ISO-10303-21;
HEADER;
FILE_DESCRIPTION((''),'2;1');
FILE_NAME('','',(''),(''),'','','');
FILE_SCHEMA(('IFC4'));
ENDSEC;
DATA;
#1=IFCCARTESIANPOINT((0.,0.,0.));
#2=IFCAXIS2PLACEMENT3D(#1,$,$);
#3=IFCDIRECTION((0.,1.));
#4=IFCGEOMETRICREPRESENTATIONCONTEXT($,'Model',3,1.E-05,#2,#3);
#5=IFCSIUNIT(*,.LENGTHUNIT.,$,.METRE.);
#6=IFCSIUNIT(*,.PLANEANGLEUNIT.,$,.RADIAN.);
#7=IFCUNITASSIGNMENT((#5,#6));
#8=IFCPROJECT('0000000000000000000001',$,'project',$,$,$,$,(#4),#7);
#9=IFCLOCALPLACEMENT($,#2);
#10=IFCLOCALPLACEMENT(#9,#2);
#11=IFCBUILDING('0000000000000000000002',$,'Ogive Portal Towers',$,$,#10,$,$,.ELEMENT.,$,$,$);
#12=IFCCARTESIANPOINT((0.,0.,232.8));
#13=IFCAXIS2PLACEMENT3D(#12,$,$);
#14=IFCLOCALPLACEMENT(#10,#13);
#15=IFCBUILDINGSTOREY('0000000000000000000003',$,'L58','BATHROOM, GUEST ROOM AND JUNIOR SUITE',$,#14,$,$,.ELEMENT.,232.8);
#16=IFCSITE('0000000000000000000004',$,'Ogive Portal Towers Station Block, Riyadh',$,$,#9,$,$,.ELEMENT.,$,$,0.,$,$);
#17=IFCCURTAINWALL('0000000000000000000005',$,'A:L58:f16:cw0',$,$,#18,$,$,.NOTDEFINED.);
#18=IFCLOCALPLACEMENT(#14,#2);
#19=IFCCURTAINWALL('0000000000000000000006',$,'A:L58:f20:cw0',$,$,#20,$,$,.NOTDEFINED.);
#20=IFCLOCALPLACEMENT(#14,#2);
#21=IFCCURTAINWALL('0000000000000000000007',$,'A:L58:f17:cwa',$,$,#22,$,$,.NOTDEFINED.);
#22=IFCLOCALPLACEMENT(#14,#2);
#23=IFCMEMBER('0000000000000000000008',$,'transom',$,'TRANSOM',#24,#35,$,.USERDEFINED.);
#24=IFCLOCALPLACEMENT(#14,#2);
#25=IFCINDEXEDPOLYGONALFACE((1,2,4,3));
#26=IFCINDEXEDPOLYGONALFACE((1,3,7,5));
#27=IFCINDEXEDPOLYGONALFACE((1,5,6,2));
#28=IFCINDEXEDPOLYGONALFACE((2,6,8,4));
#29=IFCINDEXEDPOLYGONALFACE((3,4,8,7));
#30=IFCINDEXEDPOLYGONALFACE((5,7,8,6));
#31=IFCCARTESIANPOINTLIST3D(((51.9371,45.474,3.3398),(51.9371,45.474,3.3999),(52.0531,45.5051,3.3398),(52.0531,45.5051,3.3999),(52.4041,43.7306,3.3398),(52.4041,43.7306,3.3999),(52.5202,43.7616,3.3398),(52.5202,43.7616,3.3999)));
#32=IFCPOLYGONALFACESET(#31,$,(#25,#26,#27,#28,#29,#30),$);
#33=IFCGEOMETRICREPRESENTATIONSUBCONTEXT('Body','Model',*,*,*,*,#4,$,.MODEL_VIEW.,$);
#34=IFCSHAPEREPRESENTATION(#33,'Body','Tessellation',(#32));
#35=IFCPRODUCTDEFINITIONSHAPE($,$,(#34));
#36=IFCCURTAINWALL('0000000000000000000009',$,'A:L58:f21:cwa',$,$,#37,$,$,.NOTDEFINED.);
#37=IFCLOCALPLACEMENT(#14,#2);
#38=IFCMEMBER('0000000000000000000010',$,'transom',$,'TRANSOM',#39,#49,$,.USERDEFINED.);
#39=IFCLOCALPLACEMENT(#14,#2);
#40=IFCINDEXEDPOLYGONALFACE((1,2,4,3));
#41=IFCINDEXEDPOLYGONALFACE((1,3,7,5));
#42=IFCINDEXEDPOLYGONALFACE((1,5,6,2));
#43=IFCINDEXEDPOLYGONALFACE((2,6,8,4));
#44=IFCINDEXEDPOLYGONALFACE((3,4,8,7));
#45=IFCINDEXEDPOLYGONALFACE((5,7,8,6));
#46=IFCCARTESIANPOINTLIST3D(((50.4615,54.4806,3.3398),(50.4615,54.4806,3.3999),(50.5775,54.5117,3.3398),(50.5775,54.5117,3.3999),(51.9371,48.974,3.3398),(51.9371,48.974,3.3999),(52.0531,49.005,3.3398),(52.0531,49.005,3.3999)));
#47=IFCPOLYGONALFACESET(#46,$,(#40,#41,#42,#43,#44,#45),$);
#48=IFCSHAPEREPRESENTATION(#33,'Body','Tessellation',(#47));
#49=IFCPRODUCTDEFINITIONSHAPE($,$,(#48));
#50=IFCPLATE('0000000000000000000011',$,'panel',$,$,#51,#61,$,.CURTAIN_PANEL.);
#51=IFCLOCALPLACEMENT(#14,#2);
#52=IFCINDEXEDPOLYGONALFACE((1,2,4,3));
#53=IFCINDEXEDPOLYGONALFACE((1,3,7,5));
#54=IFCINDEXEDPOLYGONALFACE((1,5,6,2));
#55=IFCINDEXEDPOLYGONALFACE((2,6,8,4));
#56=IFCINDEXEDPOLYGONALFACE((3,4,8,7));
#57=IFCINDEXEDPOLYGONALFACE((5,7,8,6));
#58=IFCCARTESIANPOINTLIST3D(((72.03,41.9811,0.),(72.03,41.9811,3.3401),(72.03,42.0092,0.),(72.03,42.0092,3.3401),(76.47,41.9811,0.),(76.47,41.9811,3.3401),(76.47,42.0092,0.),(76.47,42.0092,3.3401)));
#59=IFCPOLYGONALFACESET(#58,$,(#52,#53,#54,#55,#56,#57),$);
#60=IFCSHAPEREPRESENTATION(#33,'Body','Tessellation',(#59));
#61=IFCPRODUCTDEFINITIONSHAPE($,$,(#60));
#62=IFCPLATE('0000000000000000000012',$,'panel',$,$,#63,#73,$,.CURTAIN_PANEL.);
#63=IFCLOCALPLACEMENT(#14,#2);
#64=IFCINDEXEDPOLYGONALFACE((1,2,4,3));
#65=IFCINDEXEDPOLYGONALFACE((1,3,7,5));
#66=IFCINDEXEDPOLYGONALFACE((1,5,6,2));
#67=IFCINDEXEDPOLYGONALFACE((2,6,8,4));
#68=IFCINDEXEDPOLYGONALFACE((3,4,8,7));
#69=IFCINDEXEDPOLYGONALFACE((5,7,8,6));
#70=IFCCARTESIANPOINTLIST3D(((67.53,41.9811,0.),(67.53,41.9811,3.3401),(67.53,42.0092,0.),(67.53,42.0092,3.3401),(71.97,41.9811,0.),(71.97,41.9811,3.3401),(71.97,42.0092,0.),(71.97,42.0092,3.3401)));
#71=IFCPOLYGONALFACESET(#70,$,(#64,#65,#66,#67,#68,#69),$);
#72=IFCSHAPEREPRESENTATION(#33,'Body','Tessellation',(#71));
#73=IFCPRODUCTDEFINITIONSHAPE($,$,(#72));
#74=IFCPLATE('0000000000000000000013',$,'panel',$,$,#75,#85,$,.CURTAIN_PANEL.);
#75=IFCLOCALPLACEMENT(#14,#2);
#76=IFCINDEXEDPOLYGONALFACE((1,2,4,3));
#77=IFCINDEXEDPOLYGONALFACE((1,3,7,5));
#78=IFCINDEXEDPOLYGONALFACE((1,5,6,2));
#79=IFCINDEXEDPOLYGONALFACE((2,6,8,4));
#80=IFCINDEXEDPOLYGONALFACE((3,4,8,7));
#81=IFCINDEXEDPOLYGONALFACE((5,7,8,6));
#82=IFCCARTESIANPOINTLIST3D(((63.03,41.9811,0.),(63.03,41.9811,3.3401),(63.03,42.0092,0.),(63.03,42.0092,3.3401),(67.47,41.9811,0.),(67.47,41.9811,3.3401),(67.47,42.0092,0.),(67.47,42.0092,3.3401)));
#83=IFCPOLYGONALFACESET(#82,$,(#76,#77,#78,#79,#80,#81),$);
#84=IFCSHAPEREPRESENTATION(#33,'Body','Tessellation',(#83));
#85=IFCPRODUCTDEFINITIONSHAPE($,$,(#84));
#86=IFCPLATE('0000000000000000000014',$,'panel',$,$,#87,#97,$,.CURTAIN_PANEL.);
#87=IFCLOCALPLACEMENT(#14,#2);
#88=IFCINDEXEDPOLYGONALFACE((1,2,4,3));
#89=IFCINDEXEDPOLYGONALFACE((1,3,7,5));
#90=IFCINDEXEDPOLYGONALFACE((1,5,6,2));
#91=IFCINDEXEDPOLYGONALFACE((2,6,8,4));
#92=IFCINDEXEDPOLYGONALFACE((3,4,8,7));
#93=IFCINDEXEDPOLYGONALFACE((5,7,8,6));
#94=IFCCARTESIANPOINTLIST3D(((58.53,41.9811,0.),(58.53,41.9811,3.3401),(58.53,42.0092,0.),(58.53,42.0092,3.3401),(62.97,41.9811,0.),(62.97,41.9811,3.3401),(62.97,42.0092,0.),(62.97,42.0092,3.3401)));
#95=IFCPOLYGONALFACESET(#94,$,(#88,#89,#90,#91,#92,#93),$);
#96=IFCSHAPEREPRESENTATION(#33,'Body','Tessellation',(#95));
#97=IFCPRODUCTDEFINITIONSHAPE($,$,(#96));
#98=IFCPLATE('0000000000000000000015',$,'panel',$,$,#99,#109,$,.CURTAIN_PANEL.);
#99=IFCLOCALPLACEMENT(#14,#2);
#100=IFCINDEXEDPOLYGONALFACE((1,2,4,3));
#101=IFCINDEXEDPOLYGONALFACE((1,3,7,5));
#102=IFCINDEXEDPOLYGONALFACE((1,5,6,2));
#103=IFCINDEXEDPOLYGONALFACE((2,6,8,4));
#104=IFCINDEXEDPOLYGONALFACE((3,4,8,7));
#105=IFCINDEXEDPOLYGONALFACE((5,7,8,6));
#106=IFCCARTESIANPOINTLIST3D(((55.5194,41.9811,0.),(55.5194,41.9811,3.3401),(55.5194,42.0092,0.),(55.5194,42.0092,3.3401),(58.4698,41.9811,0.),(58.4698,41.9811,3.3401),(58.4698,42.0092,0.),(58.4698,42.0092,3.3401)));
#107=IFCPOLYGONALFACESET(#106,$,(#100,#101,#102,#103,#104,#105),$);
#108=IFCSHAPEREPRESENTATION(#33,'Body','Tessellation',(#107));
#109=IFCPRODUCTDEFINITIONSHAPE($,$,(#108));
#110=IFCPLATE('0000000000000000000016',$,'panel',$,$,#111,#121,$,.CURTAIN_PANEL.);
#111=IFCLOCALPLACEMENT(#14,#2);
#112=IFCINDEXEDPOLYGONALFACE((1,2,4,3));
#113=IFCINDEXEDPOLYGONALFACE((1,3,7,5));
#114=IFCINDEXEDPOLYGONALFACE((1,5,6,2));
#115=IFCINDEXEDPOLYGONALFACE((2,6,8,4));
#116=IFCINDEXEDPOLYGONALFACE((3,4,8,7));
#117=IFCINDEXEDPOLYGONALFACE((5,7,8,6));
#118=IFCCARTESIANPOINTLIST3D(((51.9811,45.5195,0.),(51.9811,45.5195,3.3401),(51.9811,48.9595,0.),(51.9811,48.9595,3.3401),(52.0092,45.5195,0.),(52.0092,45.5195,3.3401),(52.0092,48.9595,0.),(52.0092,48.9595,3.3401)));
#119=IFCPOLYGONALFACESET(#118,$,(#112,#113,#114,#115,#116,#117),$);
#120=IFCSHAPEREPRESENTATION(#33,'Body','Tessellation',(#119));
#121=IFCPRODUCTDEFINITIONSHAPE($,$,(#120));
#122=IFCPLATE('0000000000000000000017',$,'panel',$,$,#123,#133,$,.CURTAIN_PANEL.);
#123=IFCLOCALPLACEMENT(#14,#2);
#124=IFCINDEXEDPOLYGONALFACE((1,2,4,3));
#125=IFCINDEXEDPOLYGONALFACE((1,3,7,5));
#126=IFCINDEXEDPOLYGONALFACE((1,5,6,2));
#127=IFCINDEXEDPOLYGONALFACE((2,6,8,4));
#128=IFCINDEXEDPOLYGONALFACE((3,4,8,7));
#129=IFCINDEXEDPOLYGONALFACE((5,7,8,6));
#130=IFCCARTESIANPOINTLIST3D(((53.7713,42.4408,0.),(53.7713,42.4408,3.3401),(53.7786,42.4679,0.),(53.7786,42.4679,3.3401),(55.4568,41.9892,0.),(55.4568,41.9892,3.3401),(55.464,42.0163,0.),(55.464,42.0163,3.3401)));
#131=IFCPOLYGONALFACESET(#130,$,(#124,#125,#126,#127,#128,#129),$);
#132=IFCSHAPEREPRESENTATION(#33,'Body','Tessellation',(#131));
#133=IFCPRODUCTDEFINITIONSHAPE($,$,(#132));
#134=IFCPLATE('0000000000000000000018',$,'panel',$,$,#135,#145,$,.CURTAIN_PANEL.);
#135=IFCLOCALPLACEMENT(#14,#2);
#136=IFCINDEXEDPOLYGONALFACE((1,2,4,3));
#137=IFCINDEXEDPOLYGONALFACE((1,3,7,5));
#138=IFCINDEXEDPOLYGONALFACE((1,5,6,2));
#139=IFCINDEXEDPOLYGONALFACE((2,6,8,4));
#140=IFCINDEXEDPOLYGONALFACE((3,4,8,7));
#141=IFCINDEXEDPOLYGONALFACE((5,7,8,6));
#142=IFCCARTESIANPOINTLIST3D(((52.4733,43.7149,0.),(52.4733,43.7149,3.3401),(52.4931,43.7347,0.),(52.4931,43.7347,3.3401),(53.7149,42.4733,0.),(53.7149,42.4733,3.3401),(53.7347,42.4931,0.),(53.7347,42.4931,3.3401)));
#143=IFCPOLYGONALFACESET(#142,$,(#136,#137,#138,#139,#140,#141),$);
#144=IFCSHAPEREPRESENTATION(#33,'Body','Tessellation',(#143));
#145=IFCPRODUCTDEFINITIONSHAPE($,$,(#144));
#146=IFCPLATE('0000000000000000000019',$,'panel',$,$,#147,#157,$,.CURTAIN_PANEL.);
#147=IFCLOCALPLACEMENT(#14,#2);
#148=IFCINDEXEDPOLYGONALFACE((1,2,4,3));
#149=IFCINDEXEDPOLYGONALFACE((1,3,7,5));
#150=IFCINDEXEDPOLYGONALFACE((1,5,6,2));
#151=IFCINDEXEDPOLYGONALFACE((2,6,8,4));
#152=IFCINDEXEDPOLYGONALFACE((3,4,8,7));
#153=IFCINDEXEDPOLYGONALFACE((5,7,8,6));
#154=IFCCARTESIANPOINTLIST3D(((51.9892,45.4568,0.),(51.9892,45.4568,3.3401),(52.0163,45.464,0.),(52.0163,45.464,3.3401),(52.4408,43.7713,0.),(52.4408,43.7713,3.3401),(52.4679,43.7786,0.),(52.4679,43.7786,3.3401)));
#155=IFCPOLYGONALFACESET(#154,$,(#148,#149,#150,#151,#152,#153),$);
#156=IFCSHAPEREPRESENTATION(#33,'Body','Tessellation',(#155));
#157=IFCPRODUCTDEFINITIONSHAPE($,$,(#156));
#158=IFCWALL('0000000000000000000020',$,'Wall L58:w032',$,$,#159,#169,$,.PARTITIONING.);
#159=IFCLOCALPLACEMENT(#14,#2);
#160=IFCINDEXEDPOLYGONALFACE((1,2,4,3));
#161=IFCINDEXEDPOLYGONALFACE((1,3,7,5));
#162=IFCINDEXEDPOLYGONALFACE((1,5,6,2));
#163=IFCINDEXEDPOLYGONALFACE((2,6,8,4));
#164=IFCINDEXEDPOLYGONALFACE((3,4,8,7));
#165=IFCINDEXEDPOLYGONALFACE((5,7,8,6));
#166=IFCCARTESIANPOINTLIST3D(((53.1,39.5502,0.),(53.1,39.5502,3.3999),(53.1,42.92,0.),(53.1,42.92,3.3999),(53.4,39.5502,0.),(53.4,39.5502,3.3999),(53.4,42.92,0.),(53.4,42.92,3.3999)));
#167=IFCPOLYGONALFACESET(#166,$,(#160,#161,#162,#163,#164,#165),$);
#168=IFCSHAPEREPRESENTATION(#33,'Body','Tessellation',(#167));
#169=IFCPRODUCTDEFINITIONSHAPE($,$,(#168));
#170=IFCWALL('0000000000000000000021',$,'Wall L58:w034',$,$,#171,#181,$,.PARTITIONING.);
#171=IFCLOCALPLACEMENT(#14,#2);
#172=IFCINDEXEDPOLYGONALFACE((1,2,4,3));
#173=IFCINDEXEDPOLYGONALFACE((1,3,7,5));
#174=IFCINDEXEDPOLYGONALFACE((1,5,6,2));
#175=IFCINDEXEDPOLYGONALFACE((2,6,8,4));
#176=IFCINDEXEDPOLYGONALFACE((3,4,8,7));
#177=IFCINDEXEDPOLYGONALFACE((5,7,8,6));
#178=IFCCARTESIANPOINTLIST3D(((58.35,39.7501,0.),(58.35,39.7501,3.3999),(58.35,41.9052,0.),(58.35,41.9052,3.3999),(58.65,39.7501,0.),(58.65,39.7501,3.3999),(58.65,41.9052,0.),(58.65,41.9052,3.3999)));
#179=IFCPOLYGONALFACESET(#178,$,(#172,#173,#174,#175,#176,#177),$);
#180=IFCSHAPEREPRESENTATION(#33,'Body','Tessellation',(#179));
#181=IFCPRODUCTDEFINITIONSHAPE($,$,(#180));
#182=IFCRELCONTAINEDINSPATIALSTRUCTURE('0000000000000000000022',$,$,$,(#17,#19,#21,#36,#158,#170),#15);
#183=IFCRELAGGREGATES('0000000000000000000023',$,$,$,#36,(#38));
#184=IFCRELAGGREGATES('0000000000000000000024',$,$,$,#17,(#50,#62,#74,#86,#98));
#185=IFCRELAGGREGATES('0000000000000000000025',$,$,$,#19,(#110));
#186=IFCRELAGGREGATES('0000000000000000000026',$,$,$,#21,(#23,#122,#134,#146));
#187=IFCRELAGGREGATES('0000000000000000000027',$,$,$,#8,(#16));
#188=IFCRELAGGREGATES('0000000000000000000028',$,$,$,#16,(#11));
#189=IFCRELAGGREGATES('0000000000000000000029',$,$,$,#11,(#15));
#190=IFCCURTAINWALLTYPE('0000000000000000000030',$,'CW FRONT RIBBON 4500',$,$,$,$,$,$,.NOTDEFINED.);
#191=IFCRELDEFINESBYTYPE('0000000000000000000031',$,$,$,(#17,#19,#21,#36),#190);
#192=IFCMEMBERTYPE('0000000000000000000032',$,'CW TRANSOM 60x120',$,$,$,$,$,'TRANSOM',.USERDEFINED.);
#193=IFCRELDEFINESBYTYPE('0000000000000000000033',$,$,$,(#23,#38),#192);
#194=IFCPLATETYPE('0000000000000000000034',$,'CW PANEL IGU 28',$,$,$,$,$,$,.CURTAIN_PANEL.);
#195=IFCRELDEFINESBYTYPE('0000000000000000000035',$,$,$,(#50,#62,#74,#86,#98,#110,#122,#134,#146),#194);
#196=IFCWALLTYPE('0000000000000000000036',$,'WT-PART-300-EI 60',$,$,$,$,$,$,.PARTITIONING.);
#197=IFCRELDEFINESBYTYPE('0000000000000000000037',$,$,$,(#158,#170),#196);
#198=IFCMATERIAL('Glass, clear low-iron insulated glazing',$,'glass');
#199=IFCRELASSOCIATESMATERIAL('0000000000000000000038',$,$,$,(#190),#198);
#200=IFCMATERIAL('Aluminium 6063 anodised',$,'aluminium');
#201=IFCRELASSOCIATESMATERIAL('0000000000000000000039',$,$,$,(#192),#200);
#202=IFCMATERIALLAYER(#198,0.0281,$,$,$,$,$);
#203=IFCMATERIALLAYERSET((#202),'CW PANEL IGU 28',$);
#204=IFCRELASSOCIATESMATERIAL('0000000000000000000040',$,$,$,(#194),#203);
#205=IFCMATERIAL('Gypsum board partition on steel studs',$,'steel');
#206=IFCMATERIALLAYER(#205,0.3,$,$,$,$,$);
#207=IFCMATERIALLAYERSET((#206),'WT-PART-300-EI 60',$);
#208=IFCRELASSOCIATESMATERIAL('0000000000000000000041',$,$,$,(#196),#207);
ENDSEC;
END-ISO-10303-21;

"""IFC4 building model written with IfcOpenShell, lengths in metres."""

from ifc_helpers import new_model, si_unit, direction, frame, frame_2d, origin, origin_2d, place, context, subcontext, project, spatial, rectangle, extrude, material, layer, layer_set, material_profile, profile_set, type_object, element, aggregate, save


model = new_model("IFC4")

# Units and contexts
model_context = context("Model", 3, precision=1e-05, world=origin(), true_north=direction((0.0, 1.0)))
body_context = subcontext(model_context, "Body", "Model", "MODEL_VIEW")
ifc_project = project(units=[si_unit("LENGTHUNIT", "METRE"), si_unit("PLANEANGLEUNIT", "RADIAN")], contexts=[model_context])

# Site, building, storey
site_placement = place(None, origin())
site = spatial("IfcSite", under=ifc_project, at=site_placement, Name="Ogive Portal Towers Station Block, Riyadh", CompositionType="ELEMENT", RefElevation=0.0)
building_placement = place(site_placement, origin())
building = spatial("IfcBuilding", under=site, at=building_placement, Name="Ogive Portal Towers", CompositionType="ELEMENT")
storey_placement = place(building_placement, frame((0.0, 0.0, 232.8)))
storey = spatial("IfcBuildingStorey", under=building, at=storey_placement, Name="L58", Description="BATHROOM, GUEST ROOM AND JUNIOR SUITE", CompositionType="ELEMENT", Elevation=232.8)

# Curtain walls
ifc_material_1 = material(Name="Glass, clear low-iron insulated glazing", Category="glass")
curtain_wall_type = type_object("IfcCurtainWallType", Name="CW FRONT RIBBON 4500", PredefinedType="NOTDEFINED", material=ifc_material_1)
curtain_wall_1_placement = place(storey_placement, origin())
curtain_wall_1 = element("IfcCurtainWall", 1, at=curtain_wall_1_placement, inside=storey, type_object=curtain_wall_type, Name="A:L58:f16:cw0", PredefinedType="NOTDEFINED")
ifc_material_2 = material(Name="Aluminium 6063 anodised", Category="aluminium")
curtain_wall_2_placement = place(storey_placement, origin())
curtain_wall_2 = element("IfcCurtainWall", 2, at=curtain_wall_2_placement, inside=storey, type_object=curtain_wall_type, Name="A:L58:f20:cw0", PredefinedType="NOTDEFINED")
curtain_wall_3_placement = place(storey_placement, origin())
curtain_wall_3 = element("IfcCurtainWall", 3, at=curtain_wall_3_placement, inside=storey, type_object=curtain_wall_type, Name="A:L58:f17:cwa", PredefinedType="NOTDEFINED")

# Member
ifc_material_profile_1 = material_profile(ifc_material_2, rectangle(XDim=0.1201, YDim=0.0601, at=origin_2d()), Name="AL 120x60")
ifc_profile_set_1 = profile_set([ifc_material_profile_1], Name="Aluminium 6063 anodised")
member_type_1 = type_object("IfcMemberType", Name="CW TRANSOM 60x120", ElementType="TRANSOM", PredefinedType="USERDEFINED", material=ifc_profile_set_1)
member_1_placement = place(storey_placement, frame((52.4622, 43.7461, 3.3699), z_axis=(-0.258765, 0.96594, 0.0), x_axis=(-0.96594, -0.258765, 0.0)))
member_1 = element("IfcMember", 4, at=member_1_placement, type_object=member_type_1, Name="transom", ObjectType="TRANSOM", PredefinedType="USERDEFINED", context=body_context, shape_type="SweptSolid", body=[
    extrude(rectangle(XDim=0.1201, YDim=0.0601, at=origin_2d()), origin(), (0.0, 0.0, 1.0), 1.8049),
])

# Curtain wall, member
curtain_wall_4_placement = place(storey_placement, origin())
curtain_wall_4 = element("IfcCurtainWall", 5, at=curtain_wall_4_placement, inside=storey, type_object=curtain_wall_type, Name="A:L58:f21:cwa", PredefinedType="NOTDEFINED")
member_2_placement = place(storey_placement, frame((51.9951, 48.9895, 3.3699), z_axis=(-0.258835, 0.965921, 0.0), x_axis=(-0.965921, -0.258835, 0.0)))
member_2 = element("IfcMember", 6, at=member_2_placement, type_object=member_type_1, Name="transom", ObjectType="TRANSOM", PredefinedType="USERDEFINED", context=body_context, shape_type="SweptSolid", body=[
    extrude(rectangle(XDim=0.1201, YDim=0.0601, at=origin_2d()), origin(), (0.0, 0.0, 1.0), 5.7009),
])
aggregate(curtain_wall_4, [member_2])

# Plates
ifc_layer_1 = layer(ifc_material_1, 0.0281)
ifc_layer_set_1 = layer_set([ifc_layer_1], Name="CW PANEL IGU 28")
plate_type = type_object("IfcPlateType", Name="CW PANEL IGU 28", PredefinedType="CURTAIN_PANEL", material=ifc_layer_set_1)
plate_1_placement = place(storey_placement, frame((74.25, 41.9951, 0.0), z_axis=(0.0, 0.0, 1.0), x_axis=(-1.0, 0.0, 0.0)))
plate_1 = element("IfcPlate", 7, at=plate_1_placement, type_object=plate_type, Name="panel", PredefinedType="CURTAIN_PANEL", context=body_context, shape_type="SweptSolid", body=[
    extrude(rectangle(XDim=4.4399, YDim=0.0281, at=origin_2d()), origin(), (0.0, 0.0, 1.0), 3.3401),
])
plate_2_placement = place(storey_placement, frame((69.75, 41.9951, 0.0), z_axis=(0.0, 0.0, 1.0), x_axis=(-1.0, 0.0, 0.0)))
plate_2 = element("IfcPlate", 8, at=plate_2_placement, type_object=plate_type, Name="panel", PredefinedType="CURTAIN_PANEL", context=body_context, shape_type="SweptSolid", body=[
    extrude(rectangle(XDim=4.4399, YDim=0.0281, at=origin_2d()), origin(), (0.0, 0.0, 1.0), 3.3401),
])
plate_3_placement = place(storey_placement, frame((65.25, 41.9951, 0.0), z_axis=(0.0, 0.0, 1.0), x_axis=(-1.0, 0.0, 0.0)))
plate_3 = element("IfcPlate", 9, at=plate_3_placement, type_object=plate_type, Name="panel", PredefinedType="CURTAIN_PANEL", context=body_context, shape_type="SweptSolid", body=[
    extrude(rectangle(XDim=4.4399, YDim=0.0281, at=origin_2d()), origin(), (0.0, 0.0, 1.0), 3.3401),
])
plate_4_placement = place(storey_placement, frame((60.75, 41.9951, 0.0), z_axis=(0.0, 0.0, 1.0), x_axis=(-1.0, 0.0, 0.0)))
plate_4 = element("IfcPlate", 10, at=plate_4_placement, type_object=plate_type, Name="panel", PredefinedType="CURTAIN_PANEL", context=body_context, shape_type="SweptSolid", body=[
    extrude(rectangle(XDim=4.4399, YDim=0.0281, at=origin_2d()), origin(), (0.0, 0.0, 1.0), 3.3401),
])
plate_5_placement = place(storey_placement, frame((56.9946, 41.9951, 0.0), z_axis=(0.0, 0.0, 1.0), x_axis=(-1.0, 0.0, 0.0)))
plate_5 = element("IfcPlate", 11, at=plate_5_placement, type_object=plate_type, Name="panel", PredefinedType="CURTAIN_PANEL", context=body_context, shape_type="SweptSolid", body=[
    extrude(rectangle(XDim=2.9504, YDim=0.0281, at=origin_2d()), origin(), (0.0, 0.0, 1.0), 3.3401),
])
aggregate(curtain_wall_1, [plate_1, plate_2, plate_3, plate_4, plate_5])
plate_6_placement = place(storey_placement, frame((51.9951, 47.2395, 0.0), z_axis=(0.0, 0.0, 1.0), x_axis=(0.0, 1.0, 0.0)))
plate_6 = element("IfcPlate", 12, at=plate_6_placement, type_object=plate_type, Name="panel", PredefinedType="CURTAIN_PANEL", context=body_context, shape_type="SweptSolid", body=[
    extrude(rectangle(XDim=3.4399, YDim=0.0281, at=origin_2d()), origin(), (0.0, 0.0, 1.0), 3.3401),
])
aggregate(curtain_wall_2, [plate_6])
plate_7_placement = place(storey_placement, frame((54.6177, 42.2285, 0.0), z_axis=(0.0, 0.0, 1.0), x_axis=(-0.965926, 0.258819, 0.0)))
plate_7 = element("IfcPlate", 13, at=plate_7_placement, type_object=plate_type, Name="panel", PredefinedType="CURTAIN_PANEL", context=body_context, shape_type="SweptSolid", body=[
    extrude(rectangle(XDim=1.7449, YDim=0.0281, at=origin_2d()), origin(), (0.0, 0.0, 1.0), 3.3401),
])
plate_8_placement = place(storey_placement, frame((53.104, 43.104, 0.0), z_axis=(0.0, 0.0, 1.0), x_axis=(-0.707107, 0.707107, 0.0)))
plate_8 = element("IfcPlate", 14, at=plate_8_placement, type_object=plate_type, Name="panel", PredefinedType="CURTAIN_PANEL", context=body_context, shape_type="SweptSolid", body=[
    extrude(rectangle(XDim=1.7559, YDim=0.0281, at=origin_2d()), origin(), (0.0, 0.0, 1.0), 3.3401),
])
plate_9_placement = place(storey_placement, frame((52.2285, 44.6177, 0.0), z_axis=(0.0, 0.0, 1.0), x_axis=(-0.258819, 0.965926, 0.0)))
plate_9 = element("IfcPlate", 15, at=plate_9_placement, type_object=plate_type, Name="panel", PredefinedType="CURTAIN_PANEL", context=body_context, shape_type="SweptSolid", body=[
    extrude(rectangle(XDim=1.7449, YDim=0.0281, at=origin_2d()), origin(), (0.0, 0.0, 1.0), 3.3401),
])
aggregate(curtain_wall_3, [member_1, plate_7, plate_8, plate_9])

# Walls
ifc_material_3 = material(Name="Gypsum board partition on steel studs", Category="steel")
ifc_layer_2 = layer(ifc_material_3, 0.3)
ifc_layer_set_2 = layer_set([ifc_layer_2], Name="WT-PART-300-EI 60")
wall_type = type_object("IfcWallType", Name="WT-PART-300-EI 60", PredefinedType="PARTITIONING", material=ifc_layer_set_2)
wall_1_placement = place(storey_placement, frame((53.25, 39.55, 0.0), z_axis=(0.0, 0.0, 1.0), x_axis=(0.0, 1.0, 0.0)))
element("IfcWall", 16, at=wall_1_placement, inside=storey, type_object=wall_type, Name="Wall L58:w032", PredefinedType="PARTITIONING", context=body_context, shape_type="SweptSolid", body=[
    extrude(rectangle(XDim=3.3699, YDim=0.3, at=frame_2d((1.6851, 0.0))), origin(), (0.0, 0.0, 1.0), 3.3999),
])
wall_2_placement = place(storey_placement, frame((58.5, 39.75, 0.0), z_axis=(0.0, 0.0, 1.0), x_axis=(0.0, 1.0, 0.0)))
element("IfcWall", 17, at=wall_2_placement, inside=storey, type_object=wall_type, Name="Wall L58:w034", PredefinedType="PARTITIONING", context=body_context, shape_type="SweptSolid", body=[
    extrude(rectangle(XDim=2.155, YDim=0.3, at=frame_2d((1.0776, 0.0))), origin(), (0.0, 0.0, 1.0), 3.3999),
])

save(model, "model.ifc")
